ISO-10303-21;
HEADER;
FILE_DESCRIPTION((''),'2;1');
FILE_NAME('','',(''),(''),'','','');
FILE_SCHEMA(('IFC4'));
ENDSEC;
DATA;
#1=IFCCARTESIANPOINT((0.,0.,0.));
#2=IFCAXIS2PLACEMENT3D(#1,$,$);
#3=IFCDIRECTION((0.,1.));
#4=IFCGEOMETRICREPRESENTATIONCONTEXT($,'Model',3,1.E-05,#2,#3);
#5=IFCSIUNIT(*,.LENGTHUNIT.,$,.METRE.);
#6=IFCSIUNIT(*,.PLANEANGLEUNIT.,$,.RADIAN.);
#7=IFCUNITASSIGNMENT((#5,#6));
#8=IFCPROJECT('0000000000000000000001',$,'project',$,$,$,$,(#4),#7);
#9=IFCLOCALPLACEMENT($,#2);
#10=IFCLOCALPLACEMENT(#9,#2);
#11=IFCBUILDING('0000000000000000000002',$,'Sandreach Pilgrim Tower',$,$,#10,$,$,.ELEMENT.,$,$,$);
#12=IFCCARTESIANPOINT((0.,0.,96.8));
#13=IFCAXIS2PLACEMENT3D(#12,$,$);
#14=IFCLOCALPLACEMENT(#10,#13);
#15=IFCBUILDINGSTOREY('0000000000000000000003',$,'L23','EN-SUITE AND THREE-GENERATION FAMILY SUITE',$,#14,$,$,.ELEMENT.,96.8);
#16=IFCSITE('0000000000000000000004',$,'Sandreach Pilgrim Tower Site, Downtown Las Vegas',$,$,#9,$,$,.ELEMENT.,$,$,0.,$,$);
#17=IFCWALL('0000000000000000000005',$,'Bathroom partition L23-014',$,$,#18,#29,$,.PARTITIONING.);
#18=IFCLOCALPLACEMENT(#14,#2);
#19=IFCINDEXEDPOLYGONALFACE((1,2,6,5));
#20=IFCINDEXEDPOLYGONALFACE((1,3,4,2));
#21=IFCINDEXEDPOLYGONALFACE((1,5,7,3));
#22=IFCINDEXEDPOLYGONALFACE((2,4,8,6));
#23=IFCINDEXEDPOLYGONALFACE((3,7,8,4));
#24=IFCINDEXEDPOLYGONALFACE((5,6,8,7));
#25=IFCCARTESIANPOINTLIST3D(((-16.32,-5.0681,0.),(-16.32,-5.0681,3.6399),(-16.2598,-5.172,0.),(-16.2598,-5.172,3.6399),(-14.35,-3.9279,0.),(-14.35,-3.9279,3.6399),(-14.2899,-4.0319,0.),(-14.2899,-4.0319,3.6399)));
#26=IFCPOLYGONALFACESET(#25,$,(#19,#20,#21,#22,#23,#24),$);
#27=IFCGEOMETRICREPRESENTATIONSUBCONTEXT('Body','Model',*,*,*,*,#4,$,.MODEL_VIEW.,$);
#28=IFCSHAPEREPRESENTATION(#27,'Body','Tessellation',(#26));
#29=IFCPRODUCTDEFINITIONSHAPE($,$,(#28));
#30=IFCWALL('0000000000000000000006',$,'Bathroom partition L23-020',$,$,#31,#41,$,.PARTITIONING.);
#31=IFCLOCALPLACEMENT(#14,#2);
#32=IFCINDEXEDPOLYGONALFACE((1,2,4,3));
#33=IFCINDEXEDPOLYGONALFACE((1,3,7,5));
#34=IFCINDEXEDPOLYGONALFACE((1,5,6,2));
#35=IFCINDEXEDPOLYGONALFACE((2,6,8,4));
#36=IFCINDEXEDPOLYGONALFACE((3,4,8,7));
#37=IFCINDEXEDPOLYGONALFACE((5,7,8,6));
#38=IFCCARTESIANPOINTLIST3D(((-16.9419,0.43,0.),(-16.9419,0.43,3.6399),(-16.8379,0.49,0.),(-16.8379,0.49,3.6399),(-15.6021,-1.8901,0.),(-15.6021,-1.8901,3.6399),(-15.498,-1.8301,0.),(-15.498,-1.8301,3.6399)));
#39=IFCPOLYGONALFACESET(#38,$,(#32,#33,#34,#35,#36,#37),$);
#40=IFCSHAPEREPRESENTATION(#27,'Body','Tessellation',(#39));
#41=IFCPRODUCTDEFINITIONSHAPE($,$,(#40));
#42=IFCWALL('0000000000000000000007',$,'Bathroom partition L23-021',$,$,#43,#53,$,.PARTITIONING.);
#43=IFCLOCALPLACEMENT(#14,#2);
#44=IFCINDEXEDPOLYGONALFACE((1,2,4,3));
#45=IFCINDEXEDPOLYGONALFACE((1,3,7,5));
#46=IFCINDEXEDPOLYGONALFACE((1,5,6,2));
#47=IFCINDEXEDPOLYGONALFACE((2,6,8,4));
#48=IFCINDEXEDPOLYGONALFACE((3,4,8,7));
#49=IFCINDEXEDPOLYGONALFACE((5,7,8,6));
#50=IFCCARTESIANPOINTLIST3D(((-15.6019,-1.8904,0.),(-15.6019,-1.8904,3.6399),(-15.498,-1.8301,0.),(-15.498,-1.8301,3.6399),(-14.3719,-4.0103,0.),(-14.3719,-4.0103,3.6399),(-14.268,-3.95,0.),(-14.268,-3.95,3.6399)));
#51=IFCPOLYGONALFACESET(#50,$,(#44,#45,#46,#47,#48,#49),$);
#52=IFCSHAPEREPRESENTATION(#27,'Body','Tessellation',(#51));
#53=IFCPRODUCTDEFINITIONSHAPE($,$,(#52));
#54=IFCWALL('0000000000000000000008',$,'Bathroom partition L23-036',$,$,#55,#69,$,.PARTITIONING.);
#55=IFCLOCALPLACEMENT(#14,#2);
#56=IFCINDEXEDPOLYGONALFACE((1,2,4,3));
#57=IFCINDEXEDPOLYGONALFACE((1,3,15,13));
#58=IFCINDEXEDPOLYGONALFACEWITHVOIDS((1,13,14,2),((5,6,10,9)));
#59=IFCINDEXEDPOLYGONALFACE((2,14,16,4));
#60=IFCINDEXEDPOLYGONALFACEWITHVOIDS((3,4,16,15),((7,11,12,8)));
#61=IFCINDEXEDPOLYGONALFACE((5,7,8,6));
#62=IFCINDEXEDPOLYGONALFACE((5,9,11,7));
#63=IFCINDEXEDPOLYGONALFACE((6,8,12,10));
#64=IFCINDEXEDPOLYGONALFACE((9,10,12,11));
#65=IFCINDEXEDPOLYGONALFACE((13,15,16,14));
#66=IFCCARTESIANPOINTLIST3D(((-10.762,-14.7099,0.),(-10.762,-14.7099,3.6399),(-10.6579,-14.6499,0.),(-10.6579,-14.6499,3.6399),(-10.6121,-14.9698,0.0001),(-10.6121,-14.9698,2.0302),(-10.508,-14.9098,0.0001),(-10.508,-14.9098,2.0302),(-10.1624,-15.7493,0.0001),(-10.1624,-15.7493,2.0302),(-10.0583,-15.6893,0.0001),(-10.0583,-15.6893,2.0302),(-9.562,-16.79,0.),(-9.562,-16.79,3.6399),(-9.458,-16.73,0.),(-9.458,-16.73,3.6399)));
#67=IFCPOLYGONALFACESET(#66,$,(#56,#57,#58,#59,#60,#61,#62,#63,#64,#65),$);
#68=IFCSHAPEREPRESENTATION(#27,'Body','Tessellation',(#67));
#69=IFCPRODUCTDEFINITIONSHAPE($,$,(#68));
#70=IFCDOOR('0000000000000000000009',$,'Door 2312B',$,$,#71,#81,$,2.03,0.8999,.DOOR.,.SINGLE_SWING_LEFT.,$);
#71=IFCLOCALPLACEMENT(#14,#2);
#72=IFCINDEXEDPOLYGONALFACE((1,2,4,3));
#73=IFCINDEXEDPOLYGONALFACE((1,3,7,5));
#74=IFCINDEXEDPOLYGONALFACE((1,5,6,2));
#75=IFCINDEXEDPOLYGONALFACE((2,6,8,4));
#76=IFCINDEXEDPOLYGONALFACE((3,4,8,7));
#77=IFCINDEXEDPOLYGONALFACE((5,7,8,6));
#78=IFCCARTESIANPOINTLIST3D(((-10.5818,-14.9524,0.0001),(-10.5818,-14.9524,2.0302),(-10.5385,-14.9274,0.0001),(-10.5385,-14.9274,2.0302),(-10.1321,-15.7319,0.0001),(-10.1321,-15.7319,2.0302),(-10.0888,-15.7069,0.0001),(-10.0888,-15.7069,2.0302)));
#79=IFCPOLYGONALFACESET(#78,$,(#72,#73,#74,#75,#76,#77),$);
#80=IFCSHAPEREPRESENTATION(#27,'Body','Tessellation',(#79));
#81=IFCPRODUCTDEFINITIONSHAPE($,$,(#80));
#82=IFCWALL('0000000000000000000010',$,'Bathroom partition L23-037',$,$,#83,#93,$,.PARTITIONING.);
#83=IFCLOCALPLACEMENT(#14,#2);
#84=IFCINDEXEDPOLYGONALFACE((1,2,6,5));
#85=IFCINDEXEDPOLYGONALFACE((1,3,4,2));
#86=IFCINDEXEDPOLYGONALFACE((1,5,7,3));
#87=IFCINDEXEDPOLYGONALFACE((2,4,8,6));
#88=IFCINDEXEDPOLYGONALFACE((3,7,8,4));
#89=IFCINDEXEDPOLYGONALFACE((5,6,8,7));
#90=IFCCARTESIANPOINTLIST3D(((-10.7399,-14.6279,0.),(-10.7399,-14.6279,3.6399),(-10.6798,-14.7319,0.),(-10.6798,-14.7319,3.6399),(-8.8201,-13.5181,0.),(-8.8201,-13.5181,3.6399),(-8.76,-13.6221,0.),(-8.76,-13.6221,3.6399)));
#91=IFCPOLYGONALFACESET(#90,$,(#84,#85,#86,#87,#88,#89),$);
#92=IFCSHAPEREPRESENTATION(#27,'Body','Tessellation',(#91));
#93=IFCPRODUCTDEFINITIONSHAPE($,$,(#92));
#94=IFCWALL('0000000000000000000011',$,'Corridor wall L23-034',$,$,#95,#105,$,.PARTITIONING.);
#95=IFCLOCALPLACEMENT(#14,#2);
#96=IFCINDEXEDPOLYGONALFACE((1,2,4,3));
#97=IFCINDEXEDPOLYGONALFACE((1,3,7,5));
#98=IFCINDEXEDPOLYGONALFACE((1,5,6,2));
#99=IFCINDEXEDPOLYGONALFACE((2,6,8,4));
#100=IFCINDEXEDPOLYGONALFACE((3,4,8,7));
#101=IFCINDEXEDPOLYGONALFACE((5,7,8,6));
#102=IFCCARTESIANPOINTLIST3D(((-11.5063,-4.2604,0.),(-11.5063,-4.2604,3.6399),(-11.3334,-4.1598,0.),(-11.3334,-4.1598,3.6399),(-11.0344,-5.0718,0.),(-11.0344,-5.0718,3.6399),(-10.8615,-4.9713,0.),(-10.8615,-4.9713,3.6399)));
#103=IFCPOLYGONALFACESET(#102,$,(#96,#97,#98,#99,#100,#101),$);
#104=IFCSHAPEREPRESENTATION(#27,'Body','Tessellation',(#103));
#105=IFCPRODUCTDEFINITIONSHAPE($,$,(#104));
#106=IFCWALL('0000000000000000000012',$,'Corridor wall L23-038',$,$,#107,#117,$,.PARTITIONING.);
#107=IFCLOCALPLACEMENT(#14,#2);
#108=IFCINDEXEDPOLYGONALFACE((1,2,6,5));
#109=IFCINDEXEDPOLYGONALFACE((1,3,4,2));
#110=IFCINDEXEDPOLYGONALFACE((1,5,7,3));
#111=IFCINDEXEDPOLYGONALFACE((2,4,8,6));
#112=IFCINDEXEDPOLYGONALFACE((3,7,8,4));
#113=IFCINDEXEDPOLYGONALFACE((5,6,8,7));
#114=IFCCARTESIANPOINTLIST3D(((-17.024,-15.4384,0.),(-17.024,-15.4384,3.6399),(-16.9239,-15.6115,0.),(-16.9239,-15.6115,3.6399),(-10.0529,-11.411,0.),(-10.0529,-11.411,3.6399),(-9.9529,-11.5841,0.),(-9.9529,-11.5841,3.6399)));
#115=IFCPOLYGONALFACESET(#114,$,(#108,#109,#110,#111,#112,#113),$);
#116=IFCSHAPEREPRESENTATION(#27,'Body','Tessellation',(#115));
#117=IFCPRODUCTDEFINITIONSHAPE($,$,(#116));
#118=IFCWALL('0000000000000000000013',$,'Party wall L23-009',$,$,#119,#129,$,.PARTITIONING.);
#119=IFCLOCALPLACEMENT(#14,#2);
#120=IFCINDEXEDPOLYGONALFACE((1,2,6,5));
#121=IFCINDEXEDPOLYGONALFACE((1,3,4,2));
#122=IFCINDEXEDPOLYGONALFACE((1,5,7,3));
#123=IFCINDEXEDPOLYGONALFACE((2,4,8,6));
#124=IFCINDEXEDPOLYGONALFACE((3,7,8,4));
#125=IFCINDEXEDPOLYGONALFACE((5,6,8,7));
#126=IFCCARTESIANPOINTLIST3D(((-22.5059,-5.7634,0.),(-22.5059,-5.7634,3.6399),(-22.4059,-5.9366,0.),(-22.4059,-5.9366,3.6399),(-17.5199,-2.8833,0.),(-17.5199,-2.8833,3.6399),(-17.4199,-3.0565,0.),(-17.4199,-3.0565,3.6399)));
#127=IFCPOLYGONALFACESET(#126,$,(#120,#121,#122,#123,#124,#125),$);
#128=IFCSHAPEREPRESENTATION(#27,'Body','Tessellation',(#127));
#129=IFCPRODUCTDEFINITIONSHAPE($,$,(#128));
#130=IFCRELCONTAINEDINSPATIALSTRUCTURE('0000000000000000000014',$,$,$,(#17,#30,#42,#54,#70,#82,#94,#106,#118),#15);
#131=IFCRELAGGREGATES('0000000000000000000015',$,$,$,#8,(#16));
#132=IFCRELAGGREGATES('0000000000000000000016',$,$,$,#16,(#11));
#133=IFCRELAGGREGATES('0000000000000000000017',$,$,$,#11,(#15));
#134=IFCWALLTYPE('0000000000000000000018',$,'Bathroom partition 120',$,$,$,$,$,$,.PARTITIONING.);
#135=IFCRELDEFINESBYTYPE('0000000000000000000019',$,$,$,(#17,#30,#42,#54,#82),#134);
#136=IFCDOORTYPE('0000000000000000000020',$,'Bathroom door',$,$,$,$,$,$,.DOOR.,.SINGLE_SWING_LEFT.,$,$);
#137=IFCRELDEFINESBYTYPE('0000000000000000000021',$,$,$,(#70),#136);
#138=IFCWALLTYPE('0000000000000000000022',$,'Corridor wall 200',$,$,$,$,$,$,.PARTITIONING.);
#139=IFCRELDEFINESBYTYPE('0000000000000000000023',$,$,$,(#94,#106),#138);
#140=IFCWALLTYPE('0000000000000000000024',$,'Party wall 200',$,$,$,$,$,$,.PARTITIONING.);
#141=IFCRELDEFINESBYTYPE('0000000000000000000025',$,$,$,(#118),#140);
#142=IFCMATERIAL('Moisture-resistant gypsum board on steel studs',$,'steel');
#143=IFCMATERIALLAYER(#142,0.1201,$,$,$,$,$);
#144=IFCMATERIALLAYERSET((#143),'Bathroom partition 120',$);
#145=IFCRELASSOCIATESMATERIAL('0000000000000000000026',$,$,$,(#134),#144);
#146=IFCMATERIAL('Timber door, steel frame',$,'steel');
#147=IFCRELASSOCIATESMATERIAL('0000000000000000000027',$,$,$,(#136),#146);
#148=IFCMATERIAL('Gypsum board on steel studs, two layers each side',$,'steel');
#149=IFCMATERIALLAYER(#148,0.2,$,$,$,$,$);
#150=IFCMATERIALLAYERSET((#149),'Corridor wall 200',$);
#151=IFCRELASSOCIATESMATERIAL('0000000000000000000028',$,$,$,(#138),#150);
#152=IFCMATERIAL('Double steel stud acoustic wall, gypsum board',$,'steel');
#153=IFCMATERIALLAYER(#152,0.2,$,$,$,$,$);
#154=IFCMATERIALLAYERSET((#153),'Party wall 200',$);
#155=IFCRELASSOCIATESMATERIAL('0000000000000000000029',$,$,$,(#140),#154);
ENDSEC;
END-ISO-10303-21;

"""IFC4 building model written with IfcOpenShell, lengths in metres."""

from ifc_helpers import new_model, si_unit, direction, frame, frame_2d, origin, place, context, subcontext, project, spatial, rectangle, extrude, material, layer, layer_set, type_object, element, fill, save


model = new_model("IFC4")

# Units and contexts
model_context = context("Model", 3, precision=1e-05, world=origin(), true_north=direction((0.0, 1.0)))
body_context = subcontext(model_context, "Body", "Model", "MODEL_VIEW")
ifc_project = project(units=[si_unit("LENGTHUNIT", "METRE"), si_unit("PLANEANGLEUNIT", "RADIAN")], contexts=[model_context])

# Site, building, storey
site_placement = place(None, origin())
site = spatial("IfcSite", under=ifc_project, at=site_placement, Name="Sandreach Pilgrim Tower Site, Downtown Las Vegas", CompositionType="ELEMENT", RefElevation=0.0)
building_placement = place(site_placement, origin())
building = spatial("IfcBuilding", under=site, at=building_placement, Name="Sandreach Pilgrim Tower", CompositionType="ELEMENT")
storey_placement = place(building_placement, frame((0.0, 0.0, 96.8)))
storey = spatial("IfcBuildingStorey", under=building, at=storey_placement, Name="L23", Description="EN-SUITE AND THREE-GENERATION FAMILY SUITE", CompositionType="ELEMENT", Elevation=96.8)

# Shared definitions
ifc_material_1 = material(Name="Moisture-resistant gypsum board on steel studs", Category="steel")
ifc_layer_1 = layer(ifc_material_1, 0.1201)
ifc_layer_set_1 = layer_set([ifc_layer_1], Name="Bathroom partition 120")
wall_type_1 = type_object("IfcWallType", Name="Bathroom partition 120", PredefinedType="PARTITIONING", material=ifc_layer_set_1)

# Shared definitions
ifc_material_2 = material(Name="Timber door, steel frame", Category="steel")
door_type_1 = type_object("IfcDoorType", Name="Bathroom door", OperationType="SINGLE_SWING_LEFT", PredefinedType="DOOR", material=ifc_material_2)

# Walls
wall_1_placement = place(storey_placement, frame((-16.29, -5.1201, 0.0), z_axis=(0.0, 0.0, 1.0), x_axis=(0.865497, 0.500914, 0.0)))
element("IfcWall", 1, at=wall_1_placement, inside=storey, type_object=wall_type_1, Name="Bathroom partition L23-014", PredefinedType="PARTITIONING", context=body_context, shape_type="SweptSolid", body=[
    extrude(rectangle(XDim=2.2761, YDim=0.1201, at=frame_2d((1.1382, 0.0))), origin(), (0.0, 0.0, 1.0), 3.6399),
])
wall_2_placement = place(storey_placement, frame((-15.55, -1.8601, 0.0), z_axis=(0.0, 0.0, 1.0), x_axis=(-0.500098, 0.865969, 0.0)))
element("IfcWall", 2, at=wall_2_placement, inside=storey, type_object=wall_type_1, Name="Bathroom partition L23-020", PredefinedType="PARTITIONING", context=body_context, shape_type="SweptSolid", body=[
    extrude(rectangle(XDim=2.6792, YDim=0.1201, at=frame_2d((1.3396, 0.0))), origin(), (0.0, 0.0, 1.0), 3.6399),
])
wall_3_placement = place(storey_placement, frame((-15.55, -1.8601, 0.0), z_axis=(0.0, 0.0, 1.0), x_axis=(0.501857, -0.864951, 0.0)))
element("IfcWall", 3, at=wall_3_placement, inside=storey, type_object=wall_type_1, Name="Bathroom partition L23-021", PredefinedType="PARTITIONING", context=body_context, shape_type="SweptSolid", body=[
    extrude(rectangle(XDim=2.4509, YDim=0.1201, at=frame_2d((1.2256, 0.0))), origin(), (0.0, 0.0, 1.0), 3.6399),
])

# Wall, opening, door
wall_4_placement = place(storey_placement, frame((-10.71, -14.6799, 0.0), z_axis=(0.0, 0.0, 1.0), x_axis=(0.499693, -0.866203, 0.0)))
wall_4 = element("IfcWall", 4, at=wall_4_placement, inside=storey, type_object=wall_type_1, Name="Bathroom partition L23-036", PredefinedType="PARTITIONING", context=body_context, shape_type="SweptSolid", body=[
    extrude(rectangle(XDim=2.4014, YDim=0.1201, at=frame_2d((1.2007, 0.0))), origin(), (0.0, 0.0, 1.0), 3.6399),
])
opening_1_placement = place(wall_4_placement, frame((0.3, 0.0, 0.0)))
opening_1 = element("IfcOpeningElement", 5, at=opening_1_placement, cuts=wall_4, PredefinedType="OPENING", context=body_context, shape_type="SweptSolid", body=[
    extrude(rectangle(XDim=0.8999, YDim=2.03, at=frame_2d((0.45, 1.0151))), frame((0.0, 0.0601, 0.0), z_axis=(0.0, -1.0, 0.0), x_axis=(1.0, 0.0, 0.0)), (0.0, 0.0, 1.0), 0.1201),
])
door_1_placement = place(opening_1_placement, origin())
door_1 = element("IfcDoor", 6, at=door_1_placement, inside=storey, type_object=door_type_1, Name="Door 2312B", OperationType="SINGLE_SWING_LEFT", OverallHeight=2.03, OverallWidth=0.8999, PredefinedType="DOOR", context=body_context, shape_type="SweptSolid", body=[
    extrude(rectangle(XDim=0.8999, YDim=2.03, at=frame_2d((0.45, 1.0151))), frame((0.0, 0.0249, 0.0), z_axis=(0.0, -1.0, 0.0), x_axis=(1.0, 0.0, 0.0)), (0.0, 0.0, 1.0), 0.05),
])
fill(opening_1, door_1)

# Wall
wall_5_placement = place(storey_placement, frame((-10.71, -14.6799, 0.0), z_axis=(0.0, 0.0, 1.0), x_axis=(0.865753, 0.500472, 0.0)))
element("IfcWall", 7, at=wall_5_placement, inside=storey, type_object=wall_type_1, Name="Bathroom partition L23-037", PredefinedType="PARTITIONING", context=body_context, shape_type="SweptSolid", body=[
    extrude(rectangle(XDim=2.2175, YDim=0.1201, at=frame_2d((1.1089, 0.0))), origin(), (0.0, 0.0, 1.0), 3.6399),
])

# Shared definitions
ifc_material_3 = material(Name="Gypsum board on steel studs, two layers each side", Category="steel")
ifc_layer_2 = layer(ifc_material_3, 0.2)
ifc_layer_set_2 = layer_set([ifc_layer_2], Name="Corridor wall 200")
wall_type_2 = type_object("IfcWallType", Name="Corridor wall 200", PredefinedType="PARTITIONING", material=ifc_layer_set_2)

# Walls
wall_6_placement = place(storey_placement, frame((-10.948, -5.0215, 0.0), z_axis=(0.0, 0.0, 1.0), x_axis=(-0.502706, 0.864457, 0.0)))
element("IfcWall", 8, at=wall_6_placement, inside=storey, type_object=wall_type_2, Name="Corridor wall L23-034", PredefinedType="PARTITIONING", context=body_context, shape_type="SweptSolid", body=[
    extrude(rectangle(XDim=0.9387, YDim=0.2, at=frame_2d((0.4692, 0.0))), origin(), (0.0, 0.0, 1.0), 3.6399),
])
wall_7_placement = place(storey_placement, frame((-10.0029, -11.4976, 0.0), z_axis=(0.0, 0.0, 1.0), x_axis=(-0.865882, -0.500248, 0.0)))
element("IfcWall", 9, at=wall_7_placement, inside=storey, type_object=wall_type_2, Name="Corridor wall L23-038", PredefinedType="PARTITIONING", context=body_context, shape_type="SweptSolid", body=[
    extrude(rectangle(XDim=8.0508, YDim=0.2, at=frame_2d((4.0254, 0.0))), origin(), (0.0, 0.0, 1.0), 3.6399),
])
ifc_material_4 = material(Name="Double steel stud acoustic wall, gypsum board", Category="steel")
ifc_layer_3 = layer(ifc_material_4, 0.2)
ifc_layer_set_3 = layer_set([ifc_layer_3], Name="Party wall 200")
wall_type_3 = type_object("IfcWallType", Name="Party wall 200", PredefinedType="PARTITIONING", material=ifc_layer_set_3)
wall_8_placement = place(storey_placement, frame((-17.47, -2.97, 0.0), z_axis=(0.0, 0.0, 1.0), x_axis=(-0.865919, -0.500184, 0.0)))
element("IfcWall", 10, at=wall_8_placement, inside=storey, type_object=wall_type_3, Name="Party wall L23-009", PredefinedType="PARTITIONING", context=body_context, shape_type="SweptSolid", body=[
    extrude(rectangle(XDim=5.7581, YDim=0.2, at=frame_2d((2.8789, 0.0))), origin(), (0.0, 0.0, 1.0), 3.6399),
])

save(model, "model.ifc")
